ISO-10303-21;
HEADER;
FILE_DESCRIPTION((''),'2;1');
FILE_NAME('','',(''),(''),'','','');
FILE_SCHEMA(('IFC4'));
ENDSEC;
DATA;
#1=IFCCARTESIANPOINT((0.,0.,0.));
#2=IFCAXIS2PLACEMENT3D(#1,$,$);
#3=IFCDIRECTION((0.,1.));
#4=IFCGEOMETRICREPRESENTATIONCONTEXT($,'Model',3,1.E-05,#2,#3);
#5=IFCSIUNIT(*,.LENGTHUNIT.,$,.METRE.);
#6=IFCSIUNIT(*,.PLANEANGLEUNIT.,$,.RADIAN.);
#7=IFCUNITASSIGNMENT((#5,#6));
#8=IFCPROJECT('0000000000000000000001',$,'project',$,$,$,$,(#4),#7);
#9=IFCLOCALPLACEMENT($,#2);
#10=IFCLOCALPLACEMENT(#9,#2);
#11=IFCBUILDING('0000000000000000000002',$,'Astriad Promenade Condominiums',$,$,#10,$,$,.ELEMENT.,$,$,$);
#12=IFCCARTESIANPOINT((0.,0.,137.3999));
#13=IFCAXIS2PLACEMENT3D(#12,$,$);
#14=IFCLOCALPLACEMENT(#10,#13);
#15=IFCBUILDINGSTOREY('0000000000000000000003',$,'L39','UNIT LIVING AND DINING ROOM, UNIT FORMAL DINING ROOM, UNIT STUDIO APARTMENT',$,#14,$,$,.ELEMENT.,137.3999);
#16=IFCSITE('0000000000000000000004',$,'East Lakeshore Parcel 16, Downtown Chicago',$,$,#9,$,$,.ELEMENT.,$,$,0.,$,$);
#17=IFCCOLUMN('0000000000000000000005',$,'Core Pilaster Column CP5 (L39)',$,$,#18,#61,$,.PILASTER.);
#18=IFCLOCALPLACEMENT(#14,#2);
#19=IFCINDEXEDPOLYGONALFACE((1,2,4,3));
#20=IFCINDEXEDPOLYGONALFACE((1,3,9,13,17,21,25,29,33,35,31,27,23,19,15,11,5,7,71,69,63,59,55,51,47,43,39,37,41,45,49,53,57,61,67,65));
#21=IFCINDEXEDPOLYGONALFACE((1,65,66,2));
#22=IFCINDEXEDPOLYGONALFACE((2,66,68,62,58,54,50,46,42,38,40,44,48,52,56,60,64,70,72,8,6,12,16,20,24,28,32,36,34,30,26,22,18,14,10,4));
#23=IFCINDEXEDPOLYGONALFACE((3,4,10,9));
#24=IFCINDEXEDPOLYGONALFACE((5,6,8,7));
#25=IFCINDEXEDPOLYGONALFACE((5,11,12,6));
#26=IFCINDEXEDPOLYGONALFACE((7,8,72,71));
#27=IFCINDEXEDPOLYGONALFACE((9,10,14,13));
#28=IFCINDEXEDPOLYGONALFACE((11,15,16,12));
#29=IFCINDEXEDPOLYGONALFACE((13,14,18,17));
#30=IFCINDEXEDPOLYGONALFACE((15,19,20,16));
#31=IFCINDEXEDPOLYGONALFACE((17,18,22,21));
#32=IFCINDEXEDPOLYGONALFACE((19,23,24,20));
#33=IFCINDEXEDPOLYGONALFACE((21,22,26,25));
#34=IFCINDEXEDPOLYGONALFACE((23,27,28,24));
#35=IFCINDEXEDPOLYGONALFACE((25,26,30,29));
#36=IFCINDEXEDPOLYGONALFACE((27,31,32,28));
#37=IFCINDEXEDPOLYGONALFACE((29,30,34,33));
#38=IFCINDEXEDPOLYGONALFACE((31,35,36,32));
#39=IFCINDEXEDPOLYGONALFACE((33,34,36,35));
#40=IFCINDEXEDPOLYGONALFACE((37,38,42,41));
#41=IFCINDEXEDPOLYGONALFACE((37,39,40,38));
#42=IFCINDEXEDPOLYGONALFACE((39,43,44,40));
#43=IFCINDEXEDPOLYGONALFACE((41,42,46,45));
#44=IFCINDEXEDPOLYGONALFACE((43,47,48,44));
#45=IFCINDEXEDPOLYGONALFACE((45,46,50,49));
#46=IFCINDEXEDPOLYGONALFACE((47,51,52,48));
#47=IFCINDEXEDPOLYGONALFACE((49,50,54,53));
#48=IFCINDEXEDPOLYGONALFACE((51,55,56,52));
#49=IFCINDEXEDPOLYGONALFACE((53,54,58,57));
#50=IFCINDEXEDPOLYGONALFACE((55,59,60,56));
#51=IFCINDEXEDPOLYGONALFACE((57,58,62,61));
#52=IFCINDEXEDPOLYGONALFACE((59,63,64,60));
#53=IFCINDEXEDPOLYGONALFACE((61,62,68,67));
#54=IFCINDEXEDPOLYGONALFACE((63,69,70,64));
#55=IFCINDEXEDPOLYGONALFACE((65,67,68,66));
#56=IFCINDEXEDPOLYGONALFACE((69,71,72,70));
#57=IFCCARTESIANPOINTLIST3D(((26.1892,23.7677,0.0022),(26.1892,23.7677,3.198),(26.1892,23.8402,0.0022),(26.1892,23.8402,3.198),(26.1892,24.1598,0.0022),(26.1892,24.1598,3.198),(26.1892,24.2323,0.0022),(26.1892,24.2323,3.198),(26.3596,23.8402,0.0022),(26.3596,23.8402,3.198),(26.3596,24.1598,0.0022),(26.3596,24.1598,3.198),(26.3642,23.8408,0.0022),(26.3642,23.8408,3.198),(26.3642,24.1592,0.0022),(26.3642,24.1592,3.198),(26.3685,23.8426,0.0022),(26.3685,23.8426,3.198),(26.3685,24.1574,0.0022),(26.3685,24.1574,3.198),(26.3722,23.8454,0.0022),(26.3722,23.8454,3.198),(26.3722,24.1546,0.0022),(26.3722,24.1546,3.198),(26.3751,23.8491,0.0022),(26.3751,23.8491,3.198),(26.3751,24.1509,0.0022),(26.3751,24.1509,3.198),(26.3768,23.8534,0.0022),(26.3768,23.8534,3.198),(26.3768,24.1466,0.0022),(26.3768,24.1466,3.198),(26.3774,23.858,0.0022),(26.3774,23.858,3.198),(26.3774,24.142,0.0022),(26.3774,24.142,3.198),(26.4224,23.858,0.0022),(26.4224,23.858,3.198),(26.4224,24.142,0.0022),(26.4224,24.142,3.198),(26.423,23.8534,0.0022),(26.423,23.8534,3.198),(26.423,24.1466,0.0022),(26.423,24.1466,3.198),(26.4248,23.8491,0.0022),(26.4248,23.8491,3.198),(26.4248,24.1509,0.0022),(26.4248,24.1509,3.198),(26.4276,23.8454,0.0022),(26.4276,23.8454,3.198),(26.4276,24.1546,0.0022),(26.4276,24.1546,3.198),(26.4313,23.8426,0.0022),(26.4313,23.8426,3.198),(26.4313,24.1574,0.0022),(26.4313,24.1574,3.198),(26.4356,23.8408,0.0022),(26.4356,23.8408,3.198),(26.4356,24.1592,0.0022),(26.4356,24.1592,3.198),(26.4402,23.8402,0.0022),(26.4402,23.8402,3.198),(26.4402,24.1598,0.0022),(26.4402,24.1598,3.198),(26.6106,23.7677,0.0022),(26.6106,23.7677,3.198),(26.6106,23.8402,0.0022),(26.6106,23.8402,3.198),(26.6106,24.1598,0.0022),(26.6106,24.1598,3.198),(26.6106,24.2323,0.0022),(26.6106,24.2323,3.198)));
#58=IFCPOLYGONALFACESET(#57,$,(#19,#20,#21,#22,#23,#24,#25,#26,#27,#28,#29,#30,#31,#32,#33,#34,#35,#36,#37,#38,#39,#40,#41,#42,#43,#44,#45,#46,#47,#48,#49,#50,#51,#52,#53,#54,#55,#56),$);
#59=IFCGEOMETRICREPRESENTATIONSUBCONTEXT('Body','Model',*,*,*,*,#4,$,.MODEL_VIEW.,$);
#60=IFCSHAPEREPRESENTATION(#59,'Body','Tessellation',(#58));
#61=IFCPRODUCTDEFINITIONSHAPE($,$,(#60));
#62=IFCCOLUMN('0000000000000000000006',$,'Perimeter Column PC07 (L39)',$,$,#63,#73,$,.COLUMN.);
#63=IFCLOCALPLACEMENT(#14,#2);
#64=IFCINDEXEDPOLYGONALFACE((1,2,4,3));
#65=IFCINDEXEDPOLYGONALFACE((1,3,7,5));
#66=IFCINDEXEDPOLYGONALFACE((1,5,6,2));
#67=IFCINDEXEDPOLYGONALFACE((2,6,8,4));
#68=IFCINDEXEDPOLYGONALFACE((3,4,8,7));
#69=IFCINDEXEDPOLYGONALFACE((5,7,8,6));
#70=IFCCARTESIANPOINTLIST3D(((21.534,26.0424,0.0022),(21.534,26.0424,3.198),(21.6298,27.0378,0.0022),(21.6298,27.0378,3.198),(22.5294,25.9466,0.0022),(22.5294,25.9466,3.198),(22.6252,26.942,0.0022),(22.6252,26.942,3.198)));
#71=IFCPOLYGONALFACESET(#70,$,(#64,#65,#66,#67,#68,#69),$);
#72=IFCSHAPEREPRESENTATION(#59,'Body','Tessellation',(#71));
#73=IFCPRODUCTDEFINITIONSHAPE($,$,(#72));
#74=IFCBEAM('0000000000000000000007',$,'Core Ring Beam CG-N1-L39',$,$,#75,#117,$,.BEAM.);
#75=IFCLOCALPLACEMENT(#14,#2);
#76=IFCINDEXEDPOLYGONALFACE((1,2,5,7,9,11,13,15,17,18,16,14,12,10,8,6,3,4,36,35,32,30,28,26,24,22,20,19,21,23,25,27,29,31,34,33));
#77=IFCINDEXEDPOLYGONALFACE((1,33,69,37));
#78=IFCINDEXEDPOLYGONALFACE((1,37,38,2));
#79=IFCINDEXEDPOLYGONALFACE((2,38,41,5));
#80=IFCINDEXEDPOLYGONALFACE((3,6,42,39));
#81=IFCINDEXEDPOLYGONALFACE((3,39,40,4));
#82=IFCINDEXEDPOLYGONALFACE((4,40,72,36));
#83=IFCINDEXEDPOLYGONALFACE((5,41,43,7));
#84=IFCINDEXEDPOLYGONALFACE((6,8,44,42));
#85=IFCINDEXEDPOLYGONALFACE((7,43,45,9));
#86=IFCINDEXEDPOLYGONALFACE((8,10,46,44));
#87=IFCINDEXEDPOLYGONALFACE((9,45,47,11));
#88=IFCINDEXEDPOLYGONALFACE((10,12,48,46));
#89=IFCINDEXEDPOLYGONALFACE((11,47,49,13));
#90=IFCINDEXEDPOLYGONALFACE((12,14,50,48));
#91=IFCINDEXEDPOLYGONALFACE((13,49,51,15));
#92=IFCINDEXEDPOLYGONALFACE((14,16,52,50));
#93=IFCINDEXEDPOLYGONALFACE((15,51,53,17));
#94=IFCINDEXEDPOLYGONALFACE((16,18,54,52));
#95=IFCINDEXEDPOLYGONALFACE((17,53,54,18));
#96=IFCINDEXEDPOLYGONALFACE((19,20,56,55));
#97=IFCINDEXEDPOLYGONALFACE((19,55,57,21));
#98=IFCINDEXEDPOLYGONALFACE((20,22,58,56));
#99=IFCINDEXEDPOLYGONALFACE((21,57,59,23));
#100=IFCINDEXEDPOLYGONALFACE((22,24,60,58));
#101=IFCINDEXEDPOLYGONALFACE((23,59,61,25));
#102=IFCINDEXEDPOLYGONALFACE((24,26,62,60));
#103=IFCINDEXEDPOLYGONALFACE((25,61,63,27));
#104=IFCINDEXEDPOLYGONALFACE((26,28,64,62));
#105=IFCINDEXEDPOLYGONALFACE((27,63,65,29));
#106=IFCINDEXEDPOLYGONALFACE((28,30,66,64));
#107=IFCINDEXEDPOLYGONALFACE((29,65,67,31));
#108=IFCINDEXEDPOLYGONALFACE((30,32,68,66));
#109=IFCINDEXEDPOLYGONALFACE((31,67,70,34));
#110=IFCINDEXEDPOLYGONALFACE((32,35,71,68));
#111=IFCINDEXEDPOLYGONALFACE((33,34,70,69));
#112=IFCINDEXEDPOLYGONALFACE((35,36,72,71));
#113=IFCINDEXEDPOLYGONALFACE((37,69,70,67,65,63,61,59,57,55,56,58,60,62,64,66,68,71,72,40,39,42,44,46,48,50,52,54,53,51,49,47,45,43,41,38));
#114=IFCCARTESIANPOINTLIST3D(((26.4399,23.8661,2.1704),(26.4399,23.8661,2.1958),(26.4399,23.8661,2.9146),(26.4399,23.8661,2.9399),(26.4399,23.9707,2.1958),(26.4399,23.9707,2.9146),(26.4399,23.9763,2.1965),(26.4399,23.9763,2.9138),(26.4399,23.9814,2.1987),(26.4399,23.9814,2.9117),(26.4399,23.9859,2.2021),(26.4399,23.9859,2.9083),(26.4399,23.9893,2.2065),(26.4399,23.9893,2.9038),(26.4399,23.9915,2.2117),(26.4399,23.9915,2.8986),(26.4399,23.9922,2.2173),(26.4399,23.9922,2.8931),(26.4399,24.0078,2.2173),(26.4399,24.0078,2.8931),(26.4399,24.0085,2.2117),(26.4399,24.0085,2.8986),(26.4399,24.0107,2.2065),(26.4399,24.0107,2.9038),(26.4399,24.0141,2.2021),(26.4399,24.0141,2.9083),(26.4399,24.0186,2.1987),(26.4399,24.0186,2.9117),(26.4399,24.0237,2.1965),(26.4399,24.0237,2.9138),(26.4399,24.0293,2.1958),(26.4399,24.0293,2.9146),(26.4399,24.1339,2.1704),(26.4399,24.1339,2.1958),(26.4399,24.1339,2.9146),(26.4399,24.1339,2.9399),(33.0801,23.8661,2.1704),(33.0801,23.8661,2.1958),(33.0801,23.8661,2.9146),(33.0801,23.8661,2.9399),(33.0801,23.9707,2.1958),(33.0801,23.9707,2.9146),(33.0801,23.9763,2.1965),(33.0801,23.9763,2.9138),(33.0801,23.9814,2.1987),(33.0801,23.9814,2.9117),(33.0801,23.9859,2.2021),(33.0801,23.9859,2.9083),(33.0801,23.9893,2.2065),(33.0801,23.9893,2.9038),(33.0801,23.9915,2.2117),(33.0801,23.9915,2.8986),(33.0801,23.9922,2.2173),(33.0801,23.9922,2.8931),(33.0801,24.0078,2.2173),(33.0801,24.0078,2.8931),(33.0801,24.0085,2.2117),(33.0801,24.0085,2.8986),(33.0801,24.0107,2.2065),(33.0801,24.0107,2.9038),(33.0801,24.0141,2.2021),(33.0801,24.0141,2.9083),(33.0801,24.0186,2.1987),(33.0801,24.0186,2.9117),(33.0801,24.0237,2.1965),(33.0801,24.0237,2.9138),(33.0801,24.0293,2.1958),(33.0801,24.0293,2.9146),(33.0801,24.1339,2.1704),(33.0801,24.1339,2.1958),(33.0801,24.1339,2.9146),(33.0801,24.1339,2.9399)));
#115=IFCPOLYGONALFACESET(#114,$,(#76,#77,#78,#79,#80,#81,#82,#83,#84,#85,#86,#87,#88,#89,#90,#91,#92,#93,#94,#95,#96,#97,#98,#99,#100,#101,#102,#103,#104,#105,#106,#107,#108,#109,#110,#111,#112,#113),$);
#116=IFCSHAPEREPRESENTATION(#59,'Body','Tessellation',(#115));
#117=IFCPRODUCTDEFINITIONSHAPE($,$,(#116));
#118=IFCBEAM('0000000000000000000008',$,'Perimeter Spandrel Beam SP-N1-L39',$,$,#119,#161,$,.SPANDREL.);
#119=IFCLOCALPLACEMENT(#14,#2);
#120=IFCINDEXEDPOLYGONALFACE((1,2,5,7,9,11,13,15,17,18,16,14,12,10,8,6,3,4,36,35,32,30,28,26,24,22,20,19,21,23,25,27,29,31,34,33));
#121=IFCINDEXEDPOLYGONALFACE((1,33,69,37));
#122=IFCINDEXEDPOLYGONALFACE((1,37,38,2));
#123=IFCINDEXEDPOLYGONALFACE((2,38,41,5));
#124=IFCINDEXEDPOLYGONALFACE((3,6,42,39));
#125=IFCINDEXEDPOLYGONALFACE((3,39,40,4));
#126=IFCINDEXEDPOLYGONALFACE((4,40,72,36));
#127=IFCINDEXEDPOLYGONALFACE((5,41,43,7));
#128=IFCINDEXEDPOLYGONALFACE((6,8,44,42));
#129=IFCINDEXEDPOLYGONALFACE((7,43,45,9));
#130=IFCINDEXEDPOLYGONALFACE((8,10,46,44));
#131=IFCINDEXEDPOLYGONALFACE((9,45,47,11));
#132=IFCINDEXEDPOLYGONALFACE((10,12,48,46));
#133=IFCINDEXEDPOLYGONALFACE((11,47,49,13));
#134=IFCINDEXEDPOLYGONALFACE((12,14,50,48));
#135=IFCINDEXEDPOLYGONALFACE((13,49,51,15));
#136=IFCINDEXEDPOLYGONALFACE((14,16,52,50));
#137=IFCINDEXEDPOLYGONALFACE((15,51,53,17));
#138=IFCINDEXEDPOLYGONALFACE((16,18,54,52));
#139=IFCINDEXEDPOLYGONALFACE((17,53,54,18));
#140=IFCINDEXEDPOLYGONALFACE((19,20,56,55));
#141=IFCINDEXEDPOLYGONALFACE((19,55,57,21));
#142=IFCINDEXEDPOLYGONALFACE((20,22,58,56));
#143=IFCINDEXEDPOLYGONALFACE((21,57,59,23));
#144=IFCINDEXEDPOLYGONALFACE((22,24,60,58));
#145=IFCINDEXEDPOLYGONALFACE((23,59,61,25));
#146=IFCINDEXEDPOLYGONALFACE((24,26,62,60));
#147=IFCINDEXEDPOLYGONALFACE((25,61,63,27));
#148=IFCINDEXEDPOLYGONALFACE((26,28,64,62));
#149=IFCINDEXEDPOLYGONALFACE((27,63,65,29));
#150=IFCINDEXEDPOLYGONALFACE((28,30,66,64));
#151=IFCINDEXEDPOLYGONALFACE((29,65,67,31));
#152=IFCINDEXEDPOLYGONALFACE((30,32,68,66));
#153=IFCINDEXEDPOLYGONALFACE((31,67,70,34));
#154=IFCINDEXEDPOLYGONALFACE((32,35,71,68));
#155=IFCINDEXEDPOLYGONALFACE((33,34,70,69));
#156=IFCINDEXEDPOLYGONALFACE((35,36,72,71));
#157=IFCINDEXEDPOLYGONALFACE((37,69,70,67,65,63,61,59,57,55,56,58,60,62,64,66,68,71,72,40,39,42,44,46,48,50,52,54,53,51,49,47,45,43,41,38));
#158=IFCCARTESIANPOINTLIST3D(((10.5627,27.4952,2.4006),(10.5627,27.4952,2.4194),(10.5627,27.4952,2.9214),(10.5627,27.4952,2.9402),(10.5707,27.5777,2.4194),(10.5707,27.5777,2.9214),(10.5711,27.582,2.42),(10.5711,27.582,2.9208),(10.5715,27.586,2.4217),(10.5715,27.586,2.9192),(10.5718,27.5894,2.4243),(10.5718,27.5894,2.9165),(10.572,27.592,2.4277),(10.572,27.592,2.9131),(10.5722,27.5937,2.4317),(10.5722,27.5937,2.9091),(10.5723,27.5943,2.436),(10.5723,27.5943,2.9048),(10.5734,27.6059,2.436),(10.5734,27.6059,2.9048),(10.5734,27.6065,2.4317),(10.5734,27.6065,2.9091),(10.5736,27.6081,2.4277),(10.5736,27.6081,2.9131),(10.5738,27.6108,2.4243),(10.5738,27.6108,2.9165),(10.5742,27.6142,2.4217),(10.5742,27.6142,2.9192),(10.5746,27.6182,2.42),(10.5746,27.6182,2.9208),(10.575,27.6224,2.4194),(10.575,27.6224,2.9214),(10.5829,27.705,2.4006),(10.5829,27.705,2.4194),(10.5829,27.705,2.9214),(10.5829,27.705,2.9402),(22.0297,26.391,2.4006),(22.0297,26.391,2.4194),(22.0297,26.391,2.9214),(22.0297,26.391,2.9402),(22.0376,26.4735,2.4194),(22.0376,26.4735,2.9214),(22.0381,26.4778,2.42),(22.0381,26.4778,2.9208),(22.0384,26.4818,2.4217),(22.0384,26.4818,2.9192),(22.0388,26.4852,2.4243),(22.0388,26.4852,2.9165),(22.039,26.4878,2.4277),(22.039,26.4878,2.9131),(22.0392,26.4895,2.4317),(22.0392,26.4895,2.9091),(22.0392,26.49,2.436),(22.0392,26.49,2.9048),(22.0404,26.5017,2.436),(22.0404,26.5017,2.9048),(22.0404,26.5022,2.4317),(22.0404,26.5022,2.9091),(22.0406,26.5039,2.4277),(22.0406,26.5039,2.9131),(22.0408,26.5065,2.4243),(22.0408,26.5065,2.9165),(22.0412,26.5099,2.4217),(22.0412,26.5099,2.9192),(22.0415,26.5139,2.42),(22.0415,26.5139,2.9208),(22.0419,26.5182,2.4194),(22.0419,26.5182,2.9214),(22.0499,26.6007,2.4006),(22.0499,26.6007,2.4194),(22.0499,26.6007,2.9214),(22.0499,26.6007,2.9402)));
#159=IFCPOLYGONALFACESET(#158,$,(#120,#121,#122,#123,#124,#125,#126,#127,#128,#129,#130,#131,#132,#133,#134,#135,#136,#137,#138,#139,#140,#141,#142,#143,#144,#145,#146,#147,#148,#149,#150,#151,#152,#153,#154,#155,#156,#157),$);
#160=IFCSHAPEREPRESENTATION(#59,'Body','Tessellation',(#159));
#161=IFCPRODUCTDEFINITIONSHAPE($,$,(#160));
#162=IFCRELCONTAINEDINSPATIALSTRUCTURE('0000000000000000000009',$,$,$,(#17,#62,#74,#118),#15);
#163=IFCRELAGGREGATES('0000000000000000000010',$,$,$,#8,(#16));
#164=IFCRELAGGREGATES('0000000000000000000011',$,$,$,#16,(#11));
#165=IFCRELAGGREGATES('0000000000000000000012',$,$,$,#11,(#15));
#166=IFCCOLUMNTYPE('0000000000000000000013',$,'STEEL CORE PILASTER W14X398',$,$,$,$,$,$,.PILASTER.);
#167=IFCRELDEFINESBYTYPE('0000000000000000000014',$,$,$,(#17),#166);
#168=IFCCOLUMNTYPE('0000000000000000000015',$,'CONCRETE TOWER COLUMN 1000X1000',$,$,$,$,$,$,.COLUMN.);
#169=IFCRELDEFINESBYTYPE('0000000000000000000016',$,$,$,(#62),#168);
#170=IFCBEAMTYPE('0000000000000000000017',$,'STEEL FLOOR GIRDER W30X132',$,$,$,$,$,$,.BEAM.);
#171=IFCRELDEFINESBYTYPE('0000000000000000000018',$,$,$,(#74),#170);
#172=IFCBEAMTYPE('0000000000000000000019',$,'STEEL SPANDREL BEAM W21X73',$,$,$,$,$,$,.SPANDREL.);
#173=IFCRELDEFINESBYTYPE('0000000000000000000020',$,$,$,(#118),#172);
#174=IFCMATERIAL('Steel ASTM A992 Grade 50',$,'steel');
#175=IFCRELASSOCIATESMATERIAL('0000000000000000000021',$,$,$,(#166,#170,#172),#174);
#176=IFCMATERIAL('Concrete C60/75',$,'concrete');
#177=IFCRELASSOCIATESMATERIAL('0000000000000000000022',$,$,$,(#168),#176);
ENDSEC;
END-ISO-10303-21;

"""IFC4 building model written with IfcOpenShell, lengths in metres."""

from ifc_helpers import new_model, si_unit, direction, frame, origin, origin_2d, place, context, subcontext, project, spatial, rectangle, i_section, extrude, source, transform, mapped, material, material_profile, profile_set, type_object, type_shapes, element, save


model = new_model("IFC4")

# Units and contexts
model_context = context("Model", 3, precision=1e-05, world=origin(), true_north=direction((0.0, 1.0)))
body_context = subcontext(model_context, "Body", "Model", "MODEL_VIEW")
ifc_project = project(units=[si_unit("LENGTHUNIT", "METRE"), si_unit("PLANEANGLEUNIT", "RADIAN")], contexts=[model_context])

# Site, building, storey
site_placement = place(None, origin())
site = spatial("IfcSite", under=ifc_project, at=site_placement, Name="East Lakeshore Parcel 16, Downtown Chicago", CompositionType="ELEMENT", RefElevation=0.0)
building_placement = place(site_placement, origin())
building = spatial("IfcBuilding", under=site, at=building_placement, Name="Astriad Promenade Condominiums", CompositionType="ELEMENT")
storey_placement = place(building_placement, frame((0.0, 0.0, 137.3999)))
storey = spatial("IfcBuildingStorey", under=building, at=storey_placement, Name="L39", Description="UNIT LIVING AND DINING ROOM, UNIT FORMAL DINING ROOM, UNIT STUDIO APARTMENT", CompositionType="ELEMENT", Elevation=137.3999)

# Columns
ifc_material_1 = material(Name="Steel ASTM A992 Grade 50", Category="steel")
ifc_material_profile_1 = material_profile(ifc_material_1, i_section(OverallWidth=0.4214, OverallDepth=0.4646, WebThickness=0.0449, FlangeThickness=0.0725, FilletRadius=0.0178, at=origin_2d()), Name="W14X398")
ifc_profile_set_1 = profile_set([ifc_material_profile_1], Name="Steel ASTM A992 Grade 50")
column_type_1 = type_object("IfcColumnType", Name="STEEL CORE PILASTER W14X398", PredefinedType="PILASTER", material=ifc_profile_set_1)
shared_shape_1 = source(origin(), body_context, "Body", "SweptSolid", [
    extrude(i_section(OverallWidth=0.4214, OverallDepth=0.4646, WebThickness=0.0449, FlangeThickness=0.0725, FilletRadius=0.0178, at=origin_2d()), origin(), (0.0, 0.0, 1.0), 3.1958),
])
type_shapes(column_type_1, [shared_shape_1])
column_1_placement = place(storey_placement, frame((26.3999, 24.0, 0.0022), z_axis=(0.0, 0.0, 1.0), x_axis=(1.0, 0.0, 0.0)))
element("IfcColumn", 1, at=column_1_placement, inside=storey, type_object=column_type_1, Name="Core Pilaster Column CP5 (L39)", PredefinedType="PILASTER", context=body_context, shape_type="MappedRepresentation", body=[
    mapped(shared_shape_1, transform((0.0, 0.0, 0.0), scale=1.0)),
])
ifc_material_2 = material(Name="Concrete C60/75", Category="concrete")
ifc_material_profile_2 = material_profile(ifc_material_2, rectangle(XDim=1.0, YDim=1.0, at=origin_2d()), Name="RC-COL-1000X1000")
ifc_profile_set_2 = profile_set([ifc_material_profile_2], Name="Concrete C60/75")
column_type_2 = type_object("IfcColumnType", Name="CONCRETE TOWER COLUMN 1000X1000", PredefinedType="COLUMN", material=ifc_profile_set_2)
shared_shape_2 = source(origin(), body_context, "Body", "SweptSolid", [
    extrude(rectangle(XDim=1.0, YDim=1.0, at=origin_2d()), origin(), (0.0, 0.0, 1.0), 3.1958),
])
type_shapes(column_type_2, [shared_shape_2])
column_2_placement = place(storey_placement, frame((22.0796, 26.4922, 0.0022), z_axis=(0.0, 0.0, 1.0), x_axis=(0.995396, -0.095846, 0.0)))
element("IfcColumn", 2, at=column_2_placement, inside=storey, type_object=column_type_2, Name="Perimeter Column PC07 (L39)", PredefinedType="COLUMN", context=body_context, shape_type="MappedRepresentation", body=[
    mapped(shared_shape_2, transform((0.0, 0.0, 0.0), scale=1.0)),
])

# Beams
ifc_material_profile_3 = material_profile(ifc_material_1, i_section(OverallWidth=0.2678, OverallDepth=0.7695, WebThickness=0.0156, FlangeThickness=0.0254, FilletRadius=0.0215, at=origin_2d()), Name="W30X132")
ifc_profile_set_3 = profile_set([ifc_material_profile_3], Name="Steel ASTM A992 Grade 50")
beam_type_1 = type_object("IfcBeamType", Name="STEEL FLOOR GIRDER W30X132", PredefinedType="BEAM", material=ifc_profile_set_3)
shared_shape_3 = source(origin(), body_context, "Body", "SweptSolid", [
    extrude(i_section(OverallWidth=0.2678, OverallDepth=0.7695, WebThickness=0.0156, FlangeThickness=0.0254, FilletRadius=0.0215, at=origin_2d()), origin(), (0.0, 0.0, 1.0), 6.6401),
])
type_shapes(beam_type_1, [shared_shape_3])
beam_1_placement = place(storey_placement, frame((26.4399, 24.0, 2.5552), z_axis=(1.0, 0.0, 0.0), x_axis=(0.0, 1.0, 0.0)))
element("IfcBeam", 3, at=beam_1_placement, inside=storey, type_object=beam_type_1, Name="Core Ring Beam CG-N1-L39", PredefinedType="BEAM", context=body_context, shape_type="MappedRepresentation", body=[
    mapped(shared_shape_3, transform((0.0, 0.0, 0.0), scale=1.0)),
])
ifc_material_profile_4 = material_profile(ifc_material_1, i_section(OverallWidth=0.2107, OverallDepth=0.5396, WebThickness=0.0117, FlangeThickness=0.0188, FilletRadius=0.0166, at=origin_2d()), Name="W21X73")
ifc_profile_set_4 = profile_set([ifc_material_profile_4], Name="Steel ASTM A992 Grade 50")
beam_type_2 = type_object("IfcBeamType", Name="STEEL SPANDREL BEAM W21X73", PredefinedType="SPANDREL", material=ifc_profile_set_4)
shared_shape_4 = source(origin(), body_context, "Body", "SweptSolid", [
    extrude(i_section(OverallWidth=0.2107, OverallDepth=0.5396, WebThickness=0.0117, FlangeThickness=0.0188, FilletRadius=0.0166, at=origin_2d()), origin(), (0.0, 0.0, 1.0), 11.52),
])
type_shapes(beam_type_2, [shared_shape_4])
beam_2_placement = place(storey_placement, frame((22.0398, 26.4958, 2.6704), z_axis=(-0.995395, 0.095854, 0.0), x_axis=(-0.095854, -0.995395, 0.0)))
element("IfcBeam", 4, at=beam_2_placement, inside=storey, type_object=beam_type_2, Name="Perimeter Spandrel Beam SP-N1-L39", PredefinedType="SPANDREL", context=body_context, shape_type="MappedRepresentation", body=[
    mapped(shared_shape_4, transform((0.0, 0.0, 0.0), scale=1.0)),
])

save(model, "model.ifc")
